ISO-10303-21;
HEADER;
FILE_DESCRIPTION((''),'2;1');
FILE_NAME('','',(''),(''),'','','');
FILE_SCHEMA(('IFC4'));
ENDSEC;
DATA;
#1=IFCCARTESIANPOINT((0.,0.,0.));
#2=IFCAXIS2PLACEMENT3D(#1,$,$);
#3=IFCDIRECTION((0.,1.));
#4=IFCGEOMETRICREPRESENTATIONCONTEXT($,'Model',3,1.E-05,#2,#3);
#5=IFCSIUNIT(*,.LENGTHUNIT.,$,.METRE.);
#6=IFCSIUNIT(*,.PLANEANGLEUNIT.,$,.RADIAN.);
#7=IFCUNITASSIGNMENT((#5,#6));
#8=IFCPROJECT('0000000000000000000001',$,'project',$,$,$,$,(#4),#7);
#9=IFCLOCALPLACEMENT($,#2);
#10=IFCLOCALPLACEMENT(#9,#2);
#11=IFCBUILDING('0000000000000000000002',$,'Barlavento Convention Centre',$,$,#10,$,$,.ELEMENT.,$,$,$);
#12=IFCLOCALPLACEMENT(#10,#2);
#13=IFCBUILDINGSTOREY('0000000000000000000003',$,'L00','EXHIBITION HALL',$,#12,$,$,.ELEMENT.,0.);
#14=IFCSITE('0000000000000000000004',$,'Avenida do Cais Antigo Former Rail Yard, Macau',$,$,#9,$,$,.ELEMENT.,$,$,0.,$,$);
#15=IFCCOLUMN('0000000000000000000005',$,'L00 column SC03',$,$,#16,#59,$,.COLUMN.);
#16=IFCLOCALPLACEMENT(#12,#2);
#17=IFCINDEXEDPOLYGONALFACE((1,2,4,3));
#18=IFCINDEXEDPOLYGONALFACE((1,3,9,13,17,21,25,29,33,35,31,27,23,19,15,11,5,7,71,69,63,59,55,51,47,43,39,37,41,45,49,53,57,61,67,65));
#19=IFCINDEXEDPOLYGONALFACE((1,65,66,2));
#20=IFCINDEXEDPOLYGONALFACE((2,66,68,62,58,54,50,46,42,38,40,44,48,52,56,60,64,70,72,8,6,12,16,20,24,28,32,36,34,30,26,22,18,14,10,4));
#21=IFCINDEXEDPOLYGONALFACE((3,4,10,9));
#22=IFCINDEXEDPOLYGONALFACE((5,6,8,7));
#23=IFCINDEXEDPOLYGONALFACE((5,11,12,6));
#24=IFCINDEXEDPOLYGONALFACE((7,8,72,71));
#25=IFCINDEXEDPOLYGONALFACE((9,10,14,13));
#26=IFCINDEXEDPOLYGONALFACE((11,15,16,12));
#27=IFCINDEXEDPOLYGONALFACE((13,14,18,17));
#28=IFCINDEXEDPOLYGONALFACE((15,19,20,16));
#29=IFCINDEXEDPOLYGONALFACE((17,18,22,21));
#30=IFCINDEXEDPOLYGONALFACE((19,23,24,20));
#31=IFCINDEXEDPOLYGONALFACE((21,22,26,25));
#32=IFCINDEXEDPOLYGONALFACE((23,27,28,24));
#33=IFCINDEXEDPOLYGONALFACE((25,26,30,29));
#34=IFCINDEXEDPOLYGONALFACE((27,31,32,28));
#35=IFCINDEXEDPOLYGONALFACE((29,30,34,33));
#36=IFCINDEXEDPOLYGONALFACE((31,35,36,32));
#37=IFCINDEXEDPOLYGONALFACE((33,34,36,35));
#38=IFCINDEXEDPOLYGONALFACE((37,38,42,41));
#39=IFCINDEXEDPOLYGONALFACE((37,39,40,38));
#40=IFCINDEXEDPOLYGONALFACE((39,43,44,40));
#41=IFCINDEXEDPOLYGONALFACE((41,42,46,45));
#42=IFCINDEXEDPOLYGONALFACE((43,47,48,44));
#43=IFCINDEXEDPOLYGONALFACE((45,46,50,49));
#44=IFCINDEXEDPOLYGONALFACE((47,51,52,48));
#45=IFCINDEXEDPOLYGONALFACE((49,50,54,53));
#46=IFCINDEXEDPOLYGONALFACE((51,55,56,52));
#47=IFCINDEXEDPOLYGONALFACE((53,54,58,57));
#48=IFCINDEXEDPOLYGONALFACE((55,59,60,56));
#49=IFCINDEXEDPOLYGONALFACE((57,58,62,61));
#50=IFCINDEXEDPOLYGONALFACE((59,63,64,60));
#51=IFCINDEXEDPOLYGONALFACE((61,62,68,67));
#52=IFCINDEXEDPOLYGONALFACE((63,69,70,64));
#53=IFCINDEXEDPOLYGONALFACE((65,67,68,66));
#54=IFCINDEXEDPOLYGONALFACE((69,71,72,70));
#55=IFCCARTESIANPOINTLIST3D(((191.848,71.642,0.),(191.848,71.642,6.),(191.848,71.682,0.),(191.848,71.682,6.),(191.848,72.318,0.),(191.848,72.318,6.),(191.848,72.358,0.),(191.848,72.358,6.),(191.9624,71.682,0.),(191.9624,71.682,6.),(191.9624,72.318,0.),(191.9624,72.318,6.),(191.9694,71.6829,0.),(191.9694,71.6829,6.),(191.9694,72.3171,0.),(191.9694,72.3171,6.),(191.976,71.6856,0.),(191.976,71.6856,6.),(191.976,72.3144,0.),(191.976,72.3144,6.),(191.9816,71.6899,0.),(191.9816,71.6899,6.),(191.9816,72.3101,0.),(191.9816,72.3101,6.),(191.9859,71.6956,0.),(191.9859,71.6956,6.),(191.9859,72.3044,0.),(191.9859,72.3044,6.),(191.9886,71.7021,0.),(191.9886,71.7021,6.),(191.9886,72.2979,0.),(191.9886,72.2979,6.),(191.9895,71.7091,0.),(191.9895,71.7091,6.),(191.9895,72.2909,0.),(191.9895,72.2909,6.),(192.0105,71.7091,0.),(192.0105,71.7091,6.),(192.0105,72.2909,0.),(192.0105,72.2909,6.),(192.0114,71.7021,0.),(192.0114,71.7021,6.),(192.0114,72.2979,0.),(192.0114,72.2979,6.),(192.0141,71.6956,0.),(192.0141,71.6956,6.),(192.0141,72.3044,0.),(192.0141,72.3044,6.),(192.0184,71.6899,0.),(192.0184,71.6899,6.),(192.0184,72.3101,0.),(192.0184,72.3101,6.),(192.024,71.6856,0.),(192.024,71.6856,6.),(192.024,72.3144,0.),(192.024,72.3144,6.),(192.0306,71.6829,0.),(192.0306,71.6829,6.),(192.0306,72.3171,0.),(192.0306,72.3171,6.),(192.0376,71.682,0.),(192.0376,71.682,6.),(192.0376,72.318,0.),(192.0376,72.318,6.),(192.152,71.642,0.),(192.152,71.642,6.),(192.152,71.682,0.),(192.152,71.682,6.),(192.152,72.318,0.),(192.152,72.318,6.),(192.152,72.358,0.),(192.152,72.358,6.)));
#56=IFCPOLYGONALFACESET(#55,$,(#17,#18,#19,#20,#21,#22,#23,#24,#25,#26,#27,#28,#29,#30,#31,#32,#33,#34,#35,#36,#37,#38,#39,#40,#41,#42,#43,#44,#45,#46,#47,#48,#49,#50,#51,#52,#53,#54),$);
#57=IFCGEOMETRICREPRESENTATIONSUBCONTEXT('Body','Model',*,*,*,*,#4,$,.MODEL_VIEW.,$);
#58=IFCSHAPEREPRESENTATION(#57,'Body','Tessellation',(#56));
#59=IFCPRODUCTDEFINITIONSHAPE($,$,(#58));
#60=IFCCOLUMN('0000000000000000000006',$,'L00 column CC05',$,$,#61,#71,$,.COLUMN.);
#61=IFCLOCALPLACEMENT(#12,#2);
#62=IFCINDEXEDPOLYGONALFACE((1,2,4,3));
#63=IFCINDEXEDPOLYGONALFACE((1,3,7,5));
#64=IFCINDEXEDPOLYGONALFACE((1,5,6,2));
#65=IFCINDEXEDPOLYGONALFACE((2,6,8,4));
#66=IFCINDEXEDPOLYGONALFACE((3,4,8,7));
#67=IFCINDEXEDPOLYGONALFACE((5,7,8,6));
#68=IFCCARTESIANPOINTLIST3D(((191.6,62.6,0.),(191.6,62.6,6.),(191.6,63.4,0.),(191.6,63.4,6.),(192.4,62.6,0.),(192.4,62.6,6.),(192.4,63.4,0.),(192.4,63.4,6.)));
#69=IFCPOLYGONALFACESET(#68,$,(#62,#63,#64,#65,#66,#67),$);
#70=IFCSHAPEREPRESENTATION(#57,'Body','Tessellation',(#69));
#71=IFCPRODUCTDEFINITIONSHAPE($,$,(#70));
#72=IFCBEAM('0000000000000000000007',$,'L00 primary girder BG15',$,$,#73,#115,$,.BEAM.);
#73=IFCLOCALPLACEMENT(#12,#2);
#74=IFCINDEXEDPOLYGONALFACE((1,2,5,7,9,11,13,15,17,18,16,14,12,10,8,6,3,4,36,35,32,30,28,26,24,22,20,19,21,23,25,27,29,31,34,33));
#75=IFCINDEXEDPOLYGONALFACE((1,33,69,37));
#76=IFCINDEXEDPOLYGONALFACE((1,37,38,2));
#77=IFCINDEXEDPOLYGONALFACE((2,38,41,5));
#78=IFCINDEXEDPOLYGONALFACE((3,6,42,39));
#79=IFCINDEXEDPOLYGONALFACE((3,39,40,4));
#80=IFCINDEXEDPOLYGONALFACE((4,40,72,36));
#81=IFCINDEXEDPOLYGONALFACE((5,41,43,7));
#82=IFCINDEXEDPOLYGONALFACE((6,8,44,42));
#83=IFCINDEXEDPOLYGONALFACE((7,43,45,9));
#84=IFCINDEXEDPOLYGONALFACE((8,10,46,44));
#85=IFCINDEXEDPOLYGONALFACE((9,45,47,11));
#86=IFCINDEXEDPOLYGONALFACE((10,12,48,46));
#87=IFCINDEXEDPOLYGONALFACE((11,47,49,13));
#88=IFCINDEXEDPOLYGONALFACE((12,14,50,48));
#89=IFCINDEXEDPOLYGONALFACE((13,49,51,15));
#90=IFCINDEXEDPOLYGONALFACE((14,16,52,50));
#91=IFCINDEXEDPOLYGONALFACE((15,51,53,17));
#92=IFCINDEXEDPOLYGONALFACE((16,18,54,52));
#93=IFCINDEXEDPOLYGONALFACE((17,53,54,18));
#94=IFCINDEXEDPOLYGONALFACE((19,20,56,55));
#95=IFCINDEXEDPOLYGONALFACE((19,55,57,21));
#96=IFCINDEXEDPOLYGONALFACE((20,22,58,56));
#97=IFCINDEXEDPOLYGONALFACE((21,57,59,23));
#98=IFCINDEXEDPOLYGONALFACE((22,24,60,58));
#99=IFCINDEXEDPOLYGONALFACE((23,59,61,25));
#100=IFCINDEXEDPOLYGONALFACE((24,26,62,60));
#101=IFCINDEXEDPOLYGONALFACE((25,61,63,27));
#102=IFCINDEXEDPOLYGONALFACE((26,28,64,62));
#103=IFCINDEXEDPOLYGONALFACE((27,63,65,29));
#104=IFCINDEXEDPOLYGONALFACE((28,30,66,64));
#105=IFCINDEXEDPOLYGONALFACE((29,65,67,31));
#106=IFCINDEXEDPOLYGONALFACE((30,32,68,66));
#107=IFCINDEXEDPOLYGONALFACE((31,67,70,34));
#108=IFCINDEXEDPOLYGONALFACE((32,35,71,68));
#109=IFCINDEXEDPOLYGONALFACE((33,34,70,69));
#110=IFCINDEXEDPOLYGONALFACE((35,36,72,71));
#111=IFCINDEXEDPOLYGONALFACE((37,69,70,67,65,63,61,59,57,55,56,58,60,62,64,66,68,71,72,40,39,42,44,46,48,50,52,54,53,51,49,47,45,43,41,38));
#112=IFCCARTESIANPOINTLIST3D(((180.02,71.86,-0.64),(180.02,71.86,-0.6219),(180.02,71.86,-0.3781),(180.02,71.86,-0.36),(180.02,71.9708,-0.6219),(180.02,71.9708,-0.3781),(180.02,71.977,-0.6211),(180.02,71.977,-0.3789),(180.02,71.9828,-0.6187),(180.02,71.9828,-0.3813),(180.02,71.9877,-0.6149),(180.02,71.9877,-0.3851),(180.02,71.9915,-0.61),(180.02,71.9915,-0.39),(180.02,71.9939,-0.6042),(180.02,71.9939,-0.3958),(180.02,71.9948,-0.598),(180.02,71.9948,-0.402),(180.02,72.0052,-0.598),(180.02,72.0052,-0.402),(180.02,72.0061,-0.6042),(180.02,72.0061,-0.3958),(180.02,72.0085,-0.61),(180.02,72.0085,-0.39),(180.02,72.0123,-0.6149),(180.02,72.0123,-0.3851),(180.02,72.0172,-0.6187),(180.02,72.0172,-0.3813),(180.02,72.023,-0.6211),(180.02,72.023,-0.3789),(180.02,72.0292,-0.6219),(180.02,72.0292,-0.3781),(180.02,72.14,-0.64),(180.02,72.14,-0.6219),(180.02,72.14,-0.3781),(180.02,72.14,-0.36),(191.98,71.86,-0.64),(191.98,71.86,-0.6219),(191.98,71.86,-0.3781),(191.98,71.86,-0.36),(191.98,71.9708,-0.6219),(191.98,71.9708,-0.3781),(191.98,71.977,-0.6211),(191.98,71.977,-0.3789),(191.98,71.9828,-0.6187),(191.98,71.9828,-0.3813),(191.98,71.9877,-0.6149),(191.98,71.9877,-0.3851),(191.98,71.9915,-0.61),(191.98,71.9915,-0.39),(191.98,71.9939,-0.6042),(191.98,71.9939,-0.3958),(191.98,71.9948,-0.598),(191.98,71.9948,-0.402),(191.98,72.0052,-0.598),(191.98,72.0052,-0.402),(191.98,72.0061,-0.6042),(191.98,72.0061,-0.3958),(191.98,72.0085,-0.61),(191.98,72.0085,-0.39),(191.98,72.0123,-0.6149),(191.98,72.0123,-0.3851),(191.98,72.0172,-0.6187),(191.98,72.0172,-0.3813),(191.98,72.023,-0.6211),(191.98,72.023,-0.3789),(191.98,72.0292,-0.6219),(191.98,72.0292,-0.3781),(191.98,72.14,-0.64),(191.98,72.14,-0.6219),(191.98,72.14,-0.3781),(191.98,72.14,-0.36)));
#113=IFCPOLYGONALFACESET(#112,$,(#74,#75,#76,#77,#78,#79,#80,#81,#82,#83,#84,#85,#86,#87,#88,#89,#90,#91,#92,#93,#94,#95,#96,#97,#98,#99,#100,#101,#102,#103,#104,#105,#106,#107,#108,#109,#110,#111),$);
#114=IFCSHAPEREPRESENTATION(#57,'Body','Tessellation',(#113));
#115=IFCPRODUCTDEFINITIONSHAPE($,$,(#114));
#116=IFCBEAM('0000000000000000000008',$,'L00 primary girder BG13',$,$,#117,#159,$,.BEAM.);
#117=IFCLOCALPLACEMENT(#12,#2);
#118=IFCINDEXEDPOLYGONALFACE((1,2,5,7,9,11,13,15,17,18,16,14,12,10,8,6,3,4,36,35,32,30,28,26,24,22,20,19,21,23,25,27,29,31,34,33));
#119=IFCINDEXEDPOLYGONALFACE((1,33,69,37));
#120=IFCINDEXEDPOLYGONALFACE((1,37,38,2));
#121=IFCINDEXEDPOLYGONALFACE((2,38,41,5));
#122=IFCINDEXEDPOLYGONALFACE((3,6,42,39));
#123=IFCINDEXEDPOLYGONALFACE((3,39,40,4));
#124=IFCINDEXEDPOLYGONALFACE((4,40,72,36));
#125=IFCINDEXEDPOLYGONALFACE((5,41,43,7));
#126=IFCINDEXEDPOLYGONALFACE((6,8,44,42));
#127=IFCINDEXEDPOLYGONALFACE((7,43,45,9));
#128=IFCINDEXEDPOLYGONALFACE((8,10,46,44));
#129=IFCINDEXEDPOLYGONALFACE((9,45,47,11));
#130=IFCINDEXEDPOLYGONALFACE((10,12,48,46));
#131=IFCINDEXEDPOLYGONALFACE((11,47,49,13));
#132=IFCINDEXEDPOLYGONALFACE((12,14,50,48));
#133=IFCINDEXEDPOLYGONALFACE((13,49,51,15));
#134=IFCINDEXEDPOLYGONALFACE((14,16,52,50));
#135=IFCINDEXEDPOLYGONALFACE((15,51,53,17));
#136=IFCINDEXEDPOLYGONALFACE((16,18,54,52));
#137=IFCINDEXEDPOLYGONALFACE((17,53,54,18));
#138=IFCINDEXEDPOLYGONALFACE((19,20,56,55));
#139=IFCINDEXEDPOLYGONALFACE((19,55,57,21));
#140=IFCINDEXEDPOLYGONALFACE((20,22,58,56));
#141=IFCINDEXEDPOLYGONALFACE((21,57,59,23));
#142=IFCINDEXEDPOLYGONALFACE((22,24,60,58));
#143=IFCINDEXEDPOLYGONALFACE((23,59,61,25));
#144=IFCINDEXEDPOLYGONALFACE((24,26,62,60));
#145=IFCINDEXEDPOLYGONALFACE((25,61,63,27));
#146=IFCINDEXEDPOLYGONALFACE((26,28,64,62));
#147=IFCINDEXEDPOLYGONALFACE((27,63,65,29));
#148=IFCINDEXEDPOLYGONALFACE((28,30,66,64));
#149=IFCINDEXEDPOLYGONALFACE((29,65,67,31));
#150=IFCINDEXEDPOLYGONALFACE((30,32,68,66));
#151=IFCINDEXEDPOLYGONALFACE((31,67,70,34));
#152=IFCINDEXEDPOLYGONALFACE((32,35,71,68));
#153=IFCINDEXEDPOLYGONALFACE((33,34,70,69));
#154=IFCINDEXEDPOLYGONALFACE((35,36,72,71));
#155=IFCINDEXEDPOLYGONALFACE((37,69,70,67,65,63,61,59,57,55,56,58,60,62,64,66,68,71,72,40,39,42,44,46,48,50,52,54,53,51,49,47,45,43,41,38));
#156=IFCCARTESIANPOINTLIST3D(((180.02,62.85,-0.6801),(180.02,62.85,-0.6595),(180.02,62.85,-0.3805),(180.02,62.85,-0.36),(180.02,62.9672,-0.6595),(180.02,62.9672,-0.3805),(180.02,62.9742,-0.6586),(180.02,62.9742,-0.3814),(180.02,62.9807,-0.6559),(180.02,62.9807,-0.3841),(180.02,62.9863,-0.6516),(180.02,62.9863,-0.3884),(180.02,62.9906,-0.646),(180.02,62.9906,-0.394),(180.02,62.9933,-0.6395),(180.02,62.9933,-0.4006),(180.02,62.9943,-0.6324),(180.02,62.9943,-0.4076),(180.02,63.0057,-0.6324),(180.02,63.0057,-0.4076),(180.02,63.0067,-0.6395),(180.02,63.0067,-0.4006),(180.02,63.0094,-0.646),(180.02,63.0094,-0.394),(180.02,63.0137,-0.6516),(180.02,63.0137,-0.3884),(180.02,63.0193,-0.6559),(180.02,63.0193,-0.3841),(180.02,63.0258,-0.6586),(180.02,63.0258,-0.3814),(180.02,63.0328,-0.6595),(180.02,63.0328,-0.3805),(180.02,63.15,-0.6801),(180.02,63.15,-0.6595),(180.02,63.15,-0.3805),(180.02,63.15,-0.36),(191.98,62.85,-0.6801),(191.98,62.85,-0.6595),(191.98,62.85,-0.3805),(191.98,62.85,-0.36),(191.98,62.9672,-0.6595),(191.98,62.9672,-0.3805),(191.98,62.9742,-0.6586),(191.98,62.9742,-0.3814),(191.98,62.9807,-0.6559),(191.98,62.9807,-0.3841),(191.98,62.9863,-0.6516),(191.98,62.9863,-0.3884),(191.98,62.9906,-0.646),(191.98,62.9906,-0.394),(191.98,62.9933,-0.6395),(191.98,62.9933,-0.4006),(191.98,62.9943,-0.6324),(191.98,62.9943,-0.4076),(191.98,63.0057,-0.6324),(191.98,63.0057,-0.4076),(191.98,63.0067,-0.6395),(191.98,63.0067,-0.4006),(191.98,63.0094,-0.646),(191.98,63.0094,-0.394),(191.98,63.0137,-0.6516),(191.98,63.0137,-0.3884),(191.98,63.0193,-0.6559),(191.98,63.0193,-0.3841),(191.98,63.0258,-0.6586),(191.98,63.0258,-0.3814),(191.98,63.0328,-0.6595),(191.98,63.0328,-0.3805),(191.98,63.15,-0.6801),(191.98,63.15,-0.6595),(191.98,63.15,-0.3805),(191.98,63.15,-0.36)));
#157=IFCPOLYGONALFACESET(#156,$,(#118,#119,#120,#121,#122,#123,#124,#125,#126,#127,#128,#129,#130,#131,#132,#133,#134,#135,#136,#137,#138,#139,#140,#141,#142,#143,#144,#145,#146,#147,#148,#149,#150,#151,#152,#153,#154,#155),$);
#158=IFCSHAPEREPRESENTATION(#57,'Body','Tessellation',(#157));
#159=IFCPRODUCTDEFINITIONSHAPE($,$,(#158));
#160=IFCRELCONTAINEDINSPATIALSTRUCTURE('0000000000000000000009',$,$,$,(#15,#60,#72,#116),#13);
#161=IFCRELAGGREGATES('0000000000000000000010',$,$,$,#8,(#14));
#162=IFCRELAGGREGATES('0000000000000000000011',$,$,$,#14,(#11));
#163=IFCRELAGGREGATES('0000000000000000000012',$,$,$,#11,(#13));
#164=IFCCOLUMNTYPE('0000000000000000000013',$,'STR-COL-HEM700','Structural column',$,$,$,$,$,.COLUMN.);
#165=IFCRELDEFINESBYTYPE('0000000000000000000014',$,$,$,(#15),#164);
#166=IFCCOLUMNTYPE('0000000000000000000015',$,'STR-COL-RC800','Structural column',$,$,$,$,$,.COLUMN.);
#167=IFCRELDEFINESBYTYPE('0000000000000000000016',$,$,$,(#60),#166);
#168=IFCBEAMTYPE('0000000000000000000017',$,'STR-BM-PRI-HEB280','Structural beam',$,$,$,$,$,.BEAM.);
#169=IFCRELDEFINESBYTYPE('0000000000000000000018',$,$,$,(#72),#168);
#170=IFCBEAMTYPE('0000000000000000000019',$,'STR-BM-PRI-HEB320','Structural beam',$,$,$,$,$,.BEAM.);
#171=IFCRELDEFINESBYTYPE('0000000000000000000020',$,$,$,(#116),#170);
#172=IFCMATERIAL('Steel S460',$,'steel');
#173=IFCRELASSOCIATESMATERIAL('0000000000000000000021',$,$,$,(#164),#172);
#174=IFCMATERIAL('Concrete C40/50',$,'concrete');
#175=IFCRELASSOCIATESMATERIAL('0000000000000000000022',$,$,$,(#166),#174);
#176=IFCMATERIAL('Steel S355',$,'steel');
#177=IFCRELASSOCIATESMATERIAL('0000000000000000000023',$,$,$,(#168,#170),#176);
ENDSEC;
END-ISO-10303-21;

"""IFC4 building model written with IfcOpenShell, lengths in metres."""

from ifc_helpers import new_model, si_unit, direction, frame, origin, origin_2d, place, context, subcontext, project, spatial, rectangle, i_section, extrude, material, material_profile, profile_set, type_object, element, save


model = new_model("IFC4")

# Units and contexts
model_context = context("Model", 3, precision=1e-05, world=origin(), true_north=direction((0.0, 1.0)))
body_context = subcontext(model_context, "Body", "Model", "MODEL_VIEW")
ifc_project = project(units=[si_unit("LENGTHUNIT", "METRE"), si_unit("PLANEANGLEUNIT", "RADIAN")], contexts=[model_context])

# Site, building, storey
site_placement = place(None, origin())
site = spatial("IfcSite", under=ifc_project, at=site_placement, Name="Avenida do Cais Antigo Former Rail Yard, Macau", CompositionType="ELEMENT", RefElevation=0.0)
building_placement = place(site_placement, origin())
building = spatial("IfcBuilding", under=site, at=building_placement, Name="Barlavento Convention Centre", CompositionType="ELEMENT")
storey_placement = place(building_placement, origin())
storey = spatial("IfcBuildingStorey", under=building, at=storey_placement, Name="L00", Description="EXHIBITION HALL", CompositionType="ELEMENT", Elevation=0.0)

# Columns
ifc_material_1 = material(Name="Steel S460", Category="steel")
ifc_material_profile_1 = material_profile(ifc_material_1, i_section(OverallWidth=0.304, OverallDepth=0.7161, WebThickness=0.021, FlangeThickness=0.04, FilletRadius=0.0271, at=origin_2d()), Name="HEM 700")
ifc_profile_set_1 = profile_set([ifc_material_profile_1], Name="Steel S460")
column_type_1 = type_object("IfcColumnType", Name="STR-COL-HEM700", Description="Structural column", PredefinedType="COLUMN", material=ifc_profile_set_1)
column_1_placement = place(storey_placement, frame((192.0, 72.0, 0.0), z_axis=(0.0, 0.0, 1.0), x_axis=(1.0, 0.0, 0.0)))
element("IfcColumn", 1, at=column_1_placement, inside=storey, type_object=column_type_1, Name="L00 column SC03", PredefinedType="COLUMN", context=body_context, shape_type="SweptSolid", body=[
    extrude(i_section(OverallWidth=0.304, OverallDepth=0.7161, WebThickness=0.021, FlangeThickness=0.04, FilletRadius=0.0271, at=origin_2d()), origin(), (0.0, 0.0, 1.0), 6.0),
])
ifc_material_2 = material(Name="Concrete C40/50", Category="concrete")
ifc_material_profile_2 = material_profile(ifc_material_2, rectangle(XDim=0.8, YDim=0.8, at=origin_2d()), Name="RC 800x800")
ifc_profile_set_2 = profile_set([ifc_material_profile_2], Name="Concrete C40/50")
column_type_2 = type_object("IfcColumnType", Name="STR-COL-RC800", Description="Structural column", PredefinedType="COLUMN", material=ifc_profile_set_2)
column_2_placement = place(storey_placement, frame((192.0, 63.0, 0.0), z_axis=(0.0, 0.0, 1.0), x_axis=(1.0, 0.0, 0.0)))
element("IfcColumn", 2, at=column_2_placement, inside=storey, type_object=column_type_2, Name="L00 column CC05", PredefinedType="COLUMN", context=body_context, shape_type="SweptSolid", body=[
    extrude(rectangle(XDim=0.8, YDim=0.8, at=origin_2d()), origin(), (0.0, 0.0, 1.0), 6.0),
])

# Beams
ifc_material_3 = material(Name="Steel S355", Category="steel")
ifc_material_profile_3 = material_profile(ifc_material_3, i_section(OverallWidth=0.28, OverallDepth=0.28, WebThickness=0.0105, FlangeThickness=0.0181, FilletRadius=0.0239, at=origin_2d()), Name="HEB 280")
ifc_profile_set_3 = profile_set([ifc_material_profile_3], Name="Steel S355")
beam_type_1 = type_object("IfcBeamType", Name="STR-BM-PRI-HEB280", Description="Structural beam", PredefinedType="BEAM", material=ifc_profile_set_3)
beam_1_placement = place(storey_placement, frame((180.02, 72.0, -0.5), z_axis=(1.0, 0.0, 0.0), x_axis=(0.0, 1.0, 0.0)))
element("IfcBeam", 3, at=beam_1_placement, inside=storey, type_object=beam_type_1, Name="L00 primary girder BG15", PredefinedType="BEAM", context=body_context, shape_type="SweptSolid", body=[
    extrude(i_section(OverallWidth=0.28, OverallDepth=0.28, WebThickness=0.0105, FlangeThickness=0.0181, FilletRadius=0.0239, at=origin_2d()), origin(), (0.0, 0.0, 1.0), 11.96),
])
ifc_material_profile_4 = material_profile(ifc_material_3, i_section(OverallWidth=0.3, OverallDepth=0.3201, WebThickness=0.0115, FlangeThickness=0.0205, FilletRadius=0.0271, at=origin_2d()), Name="HEB 320")
ifc_profile_set_4 = profile_set([ifc_material_profile_4], Name="Steel S355")
beam_type_2 = type_object("IfcBeamType", Name="STR-BM-PRI-HEB320", Description="Structural beam", PredefinedType="BEAM", material=ifc_profile_set_4)
beam_2_placement = place(storey_placement, frame((180.02, 63.0, -0.52), z_axis=(1.0, 0.0, 0.0), x_axis=(0.0, 1.0, 0.0)))
element("IfcBeam", 4, at=beam_2_placement, inside=storey, type_object=beam_type_2, Name="L00 primary girder BG13", PredefinedType="BEAM", context=body_context, shape_type="SweptSolid", body=[
    extrude(i_section(OverallWidth=0.3, OverallDepth=0.3201, WebThickness=0.0115, FlangeThickness=0.0205, FilletRadius=0.0271, at=origin_2d()), origin(), (0.0, 0.0, 1.0), 11.96),
])

save(model, "model.ifc")
